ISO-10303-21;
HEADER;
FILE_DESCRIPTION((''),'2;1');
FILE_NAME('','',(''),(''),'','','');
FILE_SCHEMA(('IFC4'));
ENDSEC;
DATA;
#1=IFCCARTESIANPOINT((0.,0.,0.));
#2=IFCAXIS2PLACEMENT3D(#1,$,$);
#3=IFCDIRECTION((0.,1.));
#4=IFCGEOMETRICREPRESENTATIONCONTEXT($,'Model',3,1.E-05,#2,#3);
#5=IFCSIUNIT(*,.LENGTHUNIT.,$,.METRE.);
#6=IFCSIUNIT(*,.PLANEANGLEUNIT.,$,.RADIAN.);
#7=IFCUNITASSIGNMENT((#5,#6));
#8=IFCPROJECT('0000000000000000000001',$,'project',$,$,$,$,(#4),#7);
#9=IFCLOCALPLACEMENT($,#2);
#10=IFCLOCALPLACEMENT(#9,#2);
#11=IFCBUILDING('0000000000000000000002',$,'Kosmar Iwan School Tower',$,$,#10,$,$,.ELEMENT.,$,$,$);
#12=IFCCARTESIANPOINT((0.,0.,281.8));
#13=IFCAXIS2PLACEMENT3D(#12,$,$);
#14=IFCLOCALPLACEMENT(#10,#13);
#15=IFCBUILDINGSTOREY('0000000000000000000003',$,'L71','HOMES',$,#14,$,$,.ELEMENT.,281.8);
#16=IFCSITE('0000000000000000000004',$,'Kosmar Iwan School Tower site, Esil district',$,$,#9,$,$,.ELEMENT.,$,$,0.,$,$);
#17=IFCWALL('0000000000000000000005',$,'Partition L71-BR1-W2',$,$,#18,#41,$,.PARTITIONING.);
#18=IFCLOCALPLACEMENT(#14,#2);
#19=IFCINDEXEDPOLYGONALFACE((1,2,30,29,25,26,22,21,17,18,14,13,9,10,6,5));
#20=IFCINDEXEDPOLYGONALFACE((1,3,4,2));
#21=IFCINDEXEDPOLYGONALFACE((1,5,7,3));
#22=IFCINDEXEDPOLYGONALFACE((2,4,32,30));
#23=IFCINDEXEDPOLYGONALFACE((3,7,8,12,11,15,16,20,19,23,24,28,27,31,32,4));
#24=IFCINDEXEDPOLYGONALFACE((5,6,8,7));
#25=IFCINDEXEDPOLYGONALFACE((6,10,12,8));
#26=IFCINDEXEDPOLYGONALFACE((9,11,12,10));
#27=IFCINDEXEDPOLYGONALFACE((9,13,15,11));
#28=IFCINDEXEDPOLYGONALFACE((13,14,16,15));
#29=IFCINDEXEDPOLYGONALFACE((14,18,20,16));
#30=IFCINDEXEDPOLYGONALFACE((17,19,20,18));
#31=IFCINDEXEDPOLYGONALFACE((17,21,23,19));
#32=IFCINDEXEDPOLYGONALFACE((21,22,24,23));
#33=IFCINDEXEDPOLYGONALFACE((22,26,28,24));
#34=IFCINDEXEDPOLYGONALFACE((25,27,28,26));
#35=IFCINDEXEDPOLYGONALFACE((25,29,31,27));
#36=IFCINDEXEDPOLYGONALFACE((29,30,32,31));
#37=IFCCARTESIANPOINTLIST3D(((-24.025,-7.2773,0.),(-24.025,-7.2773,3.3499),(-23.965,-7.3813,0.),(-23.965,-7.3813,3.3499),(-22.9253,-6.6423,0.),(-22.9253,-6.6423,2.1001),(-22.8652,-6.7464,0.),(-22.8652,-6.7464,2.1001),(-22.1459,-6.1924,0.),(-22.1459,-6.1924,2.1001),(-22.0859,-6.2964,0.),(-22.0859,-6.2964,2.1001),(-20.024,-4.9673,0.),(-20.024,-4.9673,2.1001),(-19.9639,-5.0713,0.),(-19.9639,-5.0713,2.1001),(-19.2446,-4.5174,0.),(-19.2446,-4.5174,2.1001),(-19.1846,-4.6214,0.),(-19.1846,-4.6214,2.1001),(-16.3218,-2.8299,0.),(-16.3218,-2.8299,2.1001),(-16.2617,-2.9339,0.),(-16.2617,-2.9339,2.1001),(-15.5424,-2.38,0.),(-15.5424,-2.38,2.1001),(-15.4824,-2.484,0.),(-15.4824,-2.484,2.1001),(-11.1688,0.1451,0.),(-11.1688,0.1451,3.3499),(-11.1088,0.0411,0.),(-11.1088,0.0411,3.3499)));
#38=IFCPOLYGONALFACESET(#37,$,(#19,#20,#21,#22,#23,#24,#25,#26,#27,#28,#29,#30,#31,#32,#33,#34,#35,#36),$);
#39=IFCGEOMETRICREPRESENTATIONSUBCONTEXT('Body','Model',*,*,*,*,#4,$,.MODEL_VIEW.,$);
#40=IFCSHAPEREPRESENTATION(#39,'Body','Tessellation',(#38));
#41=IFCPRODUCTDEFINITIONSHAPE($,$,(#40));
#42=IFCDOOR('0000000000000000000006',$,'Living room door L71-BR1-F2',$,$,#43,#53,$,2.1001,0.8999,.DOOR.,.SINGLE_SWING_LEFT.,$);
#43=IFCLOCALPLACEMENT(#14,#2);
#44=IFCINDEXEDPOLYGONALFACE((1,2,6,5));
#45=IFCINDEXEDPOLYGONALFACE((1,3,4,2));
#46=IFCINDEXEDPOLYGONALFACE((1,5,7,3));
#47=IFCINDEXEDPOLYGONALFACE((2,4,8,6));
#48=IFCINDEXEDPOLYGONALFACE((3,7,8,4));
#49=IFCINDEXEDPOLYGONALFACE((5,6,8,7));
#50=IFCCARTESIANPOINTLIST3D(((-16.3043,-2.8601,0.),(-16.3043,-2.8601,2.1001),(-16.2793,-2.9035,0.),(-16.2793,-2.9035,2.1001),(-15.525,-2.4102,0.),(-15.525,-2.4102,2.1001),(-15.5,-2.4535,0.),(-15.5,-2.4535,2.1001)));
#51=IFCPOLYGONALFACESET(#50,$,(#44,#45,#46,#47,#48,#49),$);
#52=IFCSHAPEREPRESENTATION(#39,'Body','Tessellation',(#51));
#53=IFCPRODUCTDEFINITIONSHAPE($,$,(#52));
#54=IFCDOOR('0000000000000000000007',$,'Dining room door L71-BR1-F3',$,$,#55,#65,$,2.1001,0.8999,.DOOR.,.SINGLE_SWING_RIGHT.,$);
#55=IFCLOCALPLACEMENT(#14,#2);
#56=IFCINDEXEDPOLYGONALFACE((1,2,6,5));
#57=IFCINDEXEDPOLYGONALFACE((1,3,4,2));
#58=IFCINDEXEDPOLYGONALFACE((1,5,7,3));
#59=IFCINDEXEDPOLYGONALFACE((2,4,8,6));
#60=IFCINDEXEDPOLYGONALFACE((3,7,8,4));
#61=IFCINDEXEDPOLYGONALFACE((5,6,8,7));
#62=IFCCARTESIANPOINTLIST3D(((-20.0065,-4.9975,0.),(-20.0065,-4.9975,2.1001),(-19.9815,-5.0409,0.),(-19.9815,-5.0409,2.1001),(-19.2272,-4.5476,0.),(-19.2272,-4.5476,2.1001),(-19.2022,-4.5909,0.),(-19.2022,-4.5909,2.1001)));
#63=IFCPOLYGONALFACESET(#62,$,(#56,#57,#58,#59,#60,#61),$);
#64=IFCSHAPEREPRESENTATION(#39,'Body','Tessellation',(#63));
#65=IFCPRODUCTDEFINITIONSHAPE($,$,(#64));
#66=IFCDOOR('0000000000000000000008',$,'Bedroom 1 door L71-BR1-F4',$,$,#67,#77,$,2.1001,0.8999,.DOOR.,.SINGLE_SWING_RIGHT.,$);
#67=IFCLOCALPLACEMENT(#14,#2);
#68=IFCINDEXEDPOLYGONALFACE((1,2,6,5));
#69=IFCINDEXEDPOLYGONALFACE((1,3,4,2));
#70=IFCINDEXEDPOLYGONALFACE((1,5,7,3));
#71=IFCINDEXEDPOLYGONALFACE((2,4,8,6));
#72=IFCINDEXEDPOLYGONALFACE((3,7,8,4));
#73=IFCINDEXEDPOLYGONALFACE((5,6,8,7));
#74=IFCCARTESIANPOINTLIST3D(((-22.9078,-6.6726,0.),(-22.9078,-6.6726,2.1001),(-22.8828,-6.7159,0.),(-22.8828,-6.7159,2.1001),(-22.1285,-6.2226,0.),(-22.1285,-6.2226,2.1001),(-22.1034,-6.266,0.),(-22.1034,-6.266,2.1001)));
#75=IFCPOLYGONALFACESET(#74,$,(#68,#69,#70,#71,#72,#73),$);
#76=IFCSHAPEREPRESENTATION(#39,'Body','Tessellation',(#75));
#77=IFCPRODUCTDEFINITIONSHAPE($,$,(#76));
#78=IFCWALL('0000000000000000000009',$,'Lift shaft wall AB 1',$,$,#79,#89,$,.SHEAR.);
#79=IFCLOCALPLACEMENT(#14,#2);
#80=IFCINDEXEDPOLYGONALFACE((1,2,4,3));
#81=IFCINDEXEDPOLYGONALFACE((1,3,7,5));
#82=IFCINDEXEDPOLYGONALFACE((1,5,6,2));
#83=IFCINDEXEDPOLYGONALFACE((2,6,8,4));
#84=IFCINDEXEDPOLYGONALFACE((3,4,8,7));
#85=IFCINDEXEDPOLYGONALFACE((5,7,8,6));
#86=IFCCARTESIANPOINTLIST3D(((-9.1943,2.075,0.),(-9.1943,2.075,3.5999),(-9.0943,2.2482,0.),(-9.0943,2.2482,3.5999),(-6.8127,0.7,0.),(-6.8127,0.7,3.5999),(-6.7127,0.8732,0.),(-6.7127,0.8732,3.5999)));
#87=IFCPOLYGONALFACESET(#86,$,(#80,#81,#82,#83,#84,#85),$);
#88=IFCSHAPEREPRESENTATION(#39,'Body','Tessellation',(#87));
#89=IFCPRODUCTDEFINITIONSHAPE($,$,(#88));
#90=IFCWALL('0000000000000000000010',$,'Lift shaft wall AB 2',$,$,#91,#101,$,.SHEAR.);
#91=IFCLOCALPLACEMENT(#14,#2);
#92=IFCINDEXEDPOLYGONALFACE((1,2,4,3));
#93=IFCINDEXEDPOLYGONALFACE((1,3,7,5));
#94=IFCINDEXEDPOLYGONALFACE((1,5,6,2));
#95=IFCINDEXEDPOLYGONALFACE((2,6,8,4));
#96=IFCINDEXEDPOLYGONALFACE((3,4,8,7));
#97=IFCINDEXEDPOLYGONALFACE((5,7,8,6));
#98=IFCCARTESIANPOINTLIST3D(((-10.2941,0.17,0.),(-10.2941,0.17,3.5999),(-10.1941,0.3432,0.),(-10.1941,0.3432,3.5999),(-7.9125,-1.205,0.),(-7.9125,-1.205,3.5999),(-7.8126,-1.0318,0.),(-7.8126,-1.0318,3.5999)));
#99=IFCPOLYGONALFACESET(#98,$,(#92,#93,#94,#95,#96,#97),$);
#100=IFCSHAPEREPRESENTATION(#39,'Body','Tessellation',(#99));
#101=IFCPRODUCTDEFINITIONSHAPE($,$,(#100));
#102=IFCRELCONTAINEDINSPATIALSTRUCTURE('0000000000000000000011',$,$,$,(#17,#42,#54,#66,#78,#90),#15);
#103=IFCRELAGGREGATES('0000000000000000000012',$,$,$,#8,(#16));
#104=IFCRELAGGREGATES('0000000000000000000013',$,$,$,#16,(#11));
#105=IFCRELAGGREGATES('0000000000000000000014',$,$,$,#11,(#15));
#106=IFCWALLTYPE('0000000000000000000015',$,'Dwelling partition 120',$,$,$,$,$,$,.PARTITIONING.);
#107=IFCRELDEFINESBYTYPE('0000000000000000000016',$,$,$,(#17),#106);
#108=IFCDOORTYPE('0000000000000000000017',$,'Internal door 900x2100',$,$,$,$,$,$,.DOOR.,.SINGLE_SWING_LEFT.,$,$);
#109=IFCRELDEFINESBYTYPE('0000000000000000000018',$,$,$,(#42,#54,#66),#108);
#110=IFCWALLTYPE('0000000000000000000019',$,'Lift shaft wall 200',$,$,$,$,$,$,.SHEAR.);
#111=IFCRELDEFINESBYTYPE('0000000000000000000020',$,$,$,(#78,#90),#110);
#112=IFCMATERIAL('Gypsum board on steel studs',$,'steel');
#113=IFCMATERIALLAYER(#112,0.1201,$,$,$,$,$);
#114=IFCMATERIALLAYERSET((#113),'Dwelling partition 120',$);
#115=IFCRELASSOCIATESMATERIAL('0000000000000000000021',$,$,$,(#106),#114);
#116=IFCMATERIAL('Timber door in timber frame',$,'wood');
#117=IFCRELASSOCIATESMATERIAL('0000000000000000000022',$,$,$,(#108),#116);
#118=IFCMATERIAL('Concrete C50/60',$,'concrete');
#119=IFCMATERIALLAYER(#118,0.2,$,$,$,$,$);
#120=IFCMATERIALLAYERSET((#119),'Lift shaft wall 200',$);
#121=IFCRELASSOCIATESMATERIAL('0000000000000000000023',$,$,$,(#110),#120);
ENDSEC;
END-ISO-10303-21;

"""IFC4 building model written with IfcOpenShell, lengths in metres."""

from ifc_helpers import new_model, si_unit, direction, frame, frame_2d, origin, place, context, subcontext, project, spatial, rectangle, extrude, material, layer, layer_set, type_object, element, fill, save


model = new_model("IFC4")

# Units and contexts
model_context = context("Model", 3, precision=1e-05, world=origin(), true_north=direction((0.0, 1.0)))
body_context = subcontext(model_context, "Body", "Model", "MODEL_VIEW")
ifc_project = project(units=[si_unit("LENGTHUNIT", "METRE"), si_unit("PLANEANGLEUNIT", "RADIAN")], contexts=[model_context])

# Site, building, storey
site_placement = place(None, origin())
site = spatial("IfcSite", under=ifc_project, at=site_placement, Name="Kosmar Iwan School Tower site, Esil district", CompositionType="ELEMENT", RefElevation=0.0)
building_placement = place(site_placement, origin())
building = spatial("IfcBuilding", under=site, at=building_placement, Name="Kosmar Iwan School Tower", CompositionType="ELEMENT")
storey_placement = place(building_placement, frame((0.0, 0.0, 281.8)))
storey = spatial("IfcBuildingStorey", under=building, at=storey_placement, Name="L71", Description="HOMES", CompositionType="ELEMENT", Elevation=281.8)

# Wall, openings, doors
ifc_material_1 = material(Name="Gypsum board on steel studs", Category="steel")
ifc_layer_1 = layer(ifc_material_1, 0.1201)
ifc_layer_set_1 = layer_set([ifc_layer_1], Name="Dwelling partition 120")
wall_type_1 = type_object("IfcWallType", Name="Dwelling partition 120", PredefinedType="PARTITIONING", material=ifc_layer_set_1)
ifc_material_2 = material(Name="Timber door in timber frame", Category="wood")
door_type_1 = type_object("IfcDoorType", Name="Internal door 900x2100", OperationType="SINGLE_SWING_LEFT", PredefinedType="DOOR", material=ifc_material_2)
wall_1_placement = place(storey_placement, frame((-11.1389, 0.093, 0.0), z_axis=(0.0, 0.0, 1.0), x_axis=(-0.86603, -0.499992, 0.0)))
wall_1 = element("IfcWall", 1, at=wall_1_placement, inside=storey, type_object=wall_type_1, Name="Partition L71-BR1-W2", PredefinedType="PARTITIONING", context=body_context, shape_type="SweptSolid", body=[
    extrude(rectangle(XDim=14.845, YDim=0.1201, at=frame_2d((7.4224, 0.0))), origin(), (0.0, 0.0, 1.0), 3.3499),
])
opening_1_placement = place(wall_1_placement, frame((5.05, 0.0, 0.0)))
opening_1 = element("IfcOpeningElement", 2, at=opening_1_placement, cuts=wall_1, PredefinedType="OPENING", context=body_context, shape_type="SweptSolid", body=[
    extrude(rectangle(XDim=0.8999, YDim=2.1001, at=frame_2d((0.45, 1.05))), frame((0.0, 0.072, 0.0), z_axis=(0.0, -1.0, 0.0), x_axis=(1.0, 0.0, 0.0)), (0.0, 0.0, 1.0), 0.144),
])
opening_2_placement = place(wall_1_placement, frame((9.325, 0.0, 0.0)))
opening_2 = element("IfcOpeningElement", 3, at=opening_2_placement, cuts=wall_1, PredefinedType="OPENING", context=body_context, shape_type="SweptSolid", body=[
    extrude(rectangle(XDim=0.8999, YDim=2.1001, at=frame_2d((0.45, 1.05))), frame((0.0, 0.072, 0.0), z_axis=(0.0, -1.0, 0.0), x_axis=(1.0, 0.0, 0.0)), (0.0, 0.0, 1.0), 0.144),
])
opening_3_placement = place(wall_1_placement, frame((12.675, 0.0, 0.0)))
opening_3 = element("IfcOpeningElement", 4, at=opening_3_placement, cuts=wall_1, PredefinedType="OPENING", context=body_context, shape_type="SweptSolid", body=[
    extrude(rectangle(XDim=0.8999, YDim=2.1001, at=frame_2d((0.45, 1.05))), frame((0.0, 0.072, 0.0), z_axis=(0.0, -1.0, 0.0), x_axis=(1.0, 0.0, 0.0)), (0.0, 0.0, 1.0), 0.144),
])
door_1_placement = place(opening_1_placement, origin())
door_1 = element("IfcDoor", 5, at=door_1_placement, inside=storey, type_object=door_type_1, Name="Living room door L71-BR1-F2", OperationType="SINGLE_SWING_LEFT", OverallHeight=2.1001, OverallWidth=0.8999, PredefinedType="DOOR", context=body_context, shape_type="SweptSolid", body=[
    extrude(rectangle(XDim=0.8999, YDim=2.1001, at=frame_2d((0.45, 1.05))), frame((0.0, 0.0249, 0.0), z_axis=(0.0, -1.0, 0.0), x_axis=(1.0, 0.0, 0.0)), (0.0, 0.0, 1.0), 0.05),
])
fill(opening_1, door_1)
door_2_placement = place(opening_2_placement, origin())
door_2 = element("IfcDoor", 6, at=door_2_placement, inside=storey, type_object=door_type_1, Name="Dining room door L71-BR1-F3", OperationType="SINGLE_SWING_RIGHT", OverallHeight=2.1001, OverallWidth=0.8999, PredefinedType="DOOR", context=body_context, shape_type="SweptSolid", body=[
    extrude(rectangle(XDim=0.8999, YDim=2.1001, at=frame_2d((0.45, 1.05))), frame((0.0, 0.0249, 0.0), z_axis=(0.0, -1.0, 0.0), x_axis=(1.0, 0.0, 0.0)), (0.0, 0.0, 1.0), 0.05),
])
fill(opening_2, door_2)
door_3_placement = place(opening_3_placement, origin())
door_3 = element("IfcDoor", 7, at=door_3_placement, inside=storey, type_object=door_type_1, Name="Bedroom 1 door L71-BR1-F4", OperationType="SINGLE_SWING_RIGHT", OverallHeight=2.1001, OverallWidth=0.8999, PredefinedType="DOOR", context=body_context, shape_type="SweptSolid", body=[
    extrude(rectangle(XDim=0.8999, YDim=2.1001, at=frame_2d((0.45, 1.05))), frame((0.0, 0.0249, 0.0), z_axis=(0.0, -1.0, 0.0), x_axis=(1.0, 0.0, 0.0)), (0.0, 0.0, 1.0), 0.05),
])
fill(opening_3, door_3)

# Walls
ifc_material_3 = material(Name="Concrete C50/60", Category="concrete")
ifc_layer_2 = layer(ifc_material_3, 0.2)
ifc_layer_set_2 = layer_set([ifc_layer_2], Name="Lift shaft wall 200")
wall_type_2 = type_object("IfcWallType", Name="Lift shaft wall 200", PredefinedType="SHEAR", material=ifc_layer_set_2)
for number, where, z_axis, x_axis, name in (
    (8, (-6.7627, 0.7866, 0.0), (0.0, 0.0, 1.0), (-0.866027, 0.499997, 0.0), "Lift shaft wall AB 1"),
    (9, (-7.8625, -1.1184, 0.0), (0.0, 0.0, 1.0), (-0.866027, 0.499997, 0.0), "Lift shaft wall AB 2"),
):
    element("IfcWall", number, at=place(storey_placement, frame(where, z_axis=z_axis, x_axis=x_axis)), inside=storey, type_object=wall_type_2, Name=name, PredefinedType="SHEAR", context=body_context, shape_type="SweptSolid", body=[
        extrude(rectangle(XDim=2.75, YDim=0.2, at=frame_2d((1.375, 0.0))), origin(), (0.0, 0.0, 1.0), 3.5999),
    ])

save(model, "model.ifc")
